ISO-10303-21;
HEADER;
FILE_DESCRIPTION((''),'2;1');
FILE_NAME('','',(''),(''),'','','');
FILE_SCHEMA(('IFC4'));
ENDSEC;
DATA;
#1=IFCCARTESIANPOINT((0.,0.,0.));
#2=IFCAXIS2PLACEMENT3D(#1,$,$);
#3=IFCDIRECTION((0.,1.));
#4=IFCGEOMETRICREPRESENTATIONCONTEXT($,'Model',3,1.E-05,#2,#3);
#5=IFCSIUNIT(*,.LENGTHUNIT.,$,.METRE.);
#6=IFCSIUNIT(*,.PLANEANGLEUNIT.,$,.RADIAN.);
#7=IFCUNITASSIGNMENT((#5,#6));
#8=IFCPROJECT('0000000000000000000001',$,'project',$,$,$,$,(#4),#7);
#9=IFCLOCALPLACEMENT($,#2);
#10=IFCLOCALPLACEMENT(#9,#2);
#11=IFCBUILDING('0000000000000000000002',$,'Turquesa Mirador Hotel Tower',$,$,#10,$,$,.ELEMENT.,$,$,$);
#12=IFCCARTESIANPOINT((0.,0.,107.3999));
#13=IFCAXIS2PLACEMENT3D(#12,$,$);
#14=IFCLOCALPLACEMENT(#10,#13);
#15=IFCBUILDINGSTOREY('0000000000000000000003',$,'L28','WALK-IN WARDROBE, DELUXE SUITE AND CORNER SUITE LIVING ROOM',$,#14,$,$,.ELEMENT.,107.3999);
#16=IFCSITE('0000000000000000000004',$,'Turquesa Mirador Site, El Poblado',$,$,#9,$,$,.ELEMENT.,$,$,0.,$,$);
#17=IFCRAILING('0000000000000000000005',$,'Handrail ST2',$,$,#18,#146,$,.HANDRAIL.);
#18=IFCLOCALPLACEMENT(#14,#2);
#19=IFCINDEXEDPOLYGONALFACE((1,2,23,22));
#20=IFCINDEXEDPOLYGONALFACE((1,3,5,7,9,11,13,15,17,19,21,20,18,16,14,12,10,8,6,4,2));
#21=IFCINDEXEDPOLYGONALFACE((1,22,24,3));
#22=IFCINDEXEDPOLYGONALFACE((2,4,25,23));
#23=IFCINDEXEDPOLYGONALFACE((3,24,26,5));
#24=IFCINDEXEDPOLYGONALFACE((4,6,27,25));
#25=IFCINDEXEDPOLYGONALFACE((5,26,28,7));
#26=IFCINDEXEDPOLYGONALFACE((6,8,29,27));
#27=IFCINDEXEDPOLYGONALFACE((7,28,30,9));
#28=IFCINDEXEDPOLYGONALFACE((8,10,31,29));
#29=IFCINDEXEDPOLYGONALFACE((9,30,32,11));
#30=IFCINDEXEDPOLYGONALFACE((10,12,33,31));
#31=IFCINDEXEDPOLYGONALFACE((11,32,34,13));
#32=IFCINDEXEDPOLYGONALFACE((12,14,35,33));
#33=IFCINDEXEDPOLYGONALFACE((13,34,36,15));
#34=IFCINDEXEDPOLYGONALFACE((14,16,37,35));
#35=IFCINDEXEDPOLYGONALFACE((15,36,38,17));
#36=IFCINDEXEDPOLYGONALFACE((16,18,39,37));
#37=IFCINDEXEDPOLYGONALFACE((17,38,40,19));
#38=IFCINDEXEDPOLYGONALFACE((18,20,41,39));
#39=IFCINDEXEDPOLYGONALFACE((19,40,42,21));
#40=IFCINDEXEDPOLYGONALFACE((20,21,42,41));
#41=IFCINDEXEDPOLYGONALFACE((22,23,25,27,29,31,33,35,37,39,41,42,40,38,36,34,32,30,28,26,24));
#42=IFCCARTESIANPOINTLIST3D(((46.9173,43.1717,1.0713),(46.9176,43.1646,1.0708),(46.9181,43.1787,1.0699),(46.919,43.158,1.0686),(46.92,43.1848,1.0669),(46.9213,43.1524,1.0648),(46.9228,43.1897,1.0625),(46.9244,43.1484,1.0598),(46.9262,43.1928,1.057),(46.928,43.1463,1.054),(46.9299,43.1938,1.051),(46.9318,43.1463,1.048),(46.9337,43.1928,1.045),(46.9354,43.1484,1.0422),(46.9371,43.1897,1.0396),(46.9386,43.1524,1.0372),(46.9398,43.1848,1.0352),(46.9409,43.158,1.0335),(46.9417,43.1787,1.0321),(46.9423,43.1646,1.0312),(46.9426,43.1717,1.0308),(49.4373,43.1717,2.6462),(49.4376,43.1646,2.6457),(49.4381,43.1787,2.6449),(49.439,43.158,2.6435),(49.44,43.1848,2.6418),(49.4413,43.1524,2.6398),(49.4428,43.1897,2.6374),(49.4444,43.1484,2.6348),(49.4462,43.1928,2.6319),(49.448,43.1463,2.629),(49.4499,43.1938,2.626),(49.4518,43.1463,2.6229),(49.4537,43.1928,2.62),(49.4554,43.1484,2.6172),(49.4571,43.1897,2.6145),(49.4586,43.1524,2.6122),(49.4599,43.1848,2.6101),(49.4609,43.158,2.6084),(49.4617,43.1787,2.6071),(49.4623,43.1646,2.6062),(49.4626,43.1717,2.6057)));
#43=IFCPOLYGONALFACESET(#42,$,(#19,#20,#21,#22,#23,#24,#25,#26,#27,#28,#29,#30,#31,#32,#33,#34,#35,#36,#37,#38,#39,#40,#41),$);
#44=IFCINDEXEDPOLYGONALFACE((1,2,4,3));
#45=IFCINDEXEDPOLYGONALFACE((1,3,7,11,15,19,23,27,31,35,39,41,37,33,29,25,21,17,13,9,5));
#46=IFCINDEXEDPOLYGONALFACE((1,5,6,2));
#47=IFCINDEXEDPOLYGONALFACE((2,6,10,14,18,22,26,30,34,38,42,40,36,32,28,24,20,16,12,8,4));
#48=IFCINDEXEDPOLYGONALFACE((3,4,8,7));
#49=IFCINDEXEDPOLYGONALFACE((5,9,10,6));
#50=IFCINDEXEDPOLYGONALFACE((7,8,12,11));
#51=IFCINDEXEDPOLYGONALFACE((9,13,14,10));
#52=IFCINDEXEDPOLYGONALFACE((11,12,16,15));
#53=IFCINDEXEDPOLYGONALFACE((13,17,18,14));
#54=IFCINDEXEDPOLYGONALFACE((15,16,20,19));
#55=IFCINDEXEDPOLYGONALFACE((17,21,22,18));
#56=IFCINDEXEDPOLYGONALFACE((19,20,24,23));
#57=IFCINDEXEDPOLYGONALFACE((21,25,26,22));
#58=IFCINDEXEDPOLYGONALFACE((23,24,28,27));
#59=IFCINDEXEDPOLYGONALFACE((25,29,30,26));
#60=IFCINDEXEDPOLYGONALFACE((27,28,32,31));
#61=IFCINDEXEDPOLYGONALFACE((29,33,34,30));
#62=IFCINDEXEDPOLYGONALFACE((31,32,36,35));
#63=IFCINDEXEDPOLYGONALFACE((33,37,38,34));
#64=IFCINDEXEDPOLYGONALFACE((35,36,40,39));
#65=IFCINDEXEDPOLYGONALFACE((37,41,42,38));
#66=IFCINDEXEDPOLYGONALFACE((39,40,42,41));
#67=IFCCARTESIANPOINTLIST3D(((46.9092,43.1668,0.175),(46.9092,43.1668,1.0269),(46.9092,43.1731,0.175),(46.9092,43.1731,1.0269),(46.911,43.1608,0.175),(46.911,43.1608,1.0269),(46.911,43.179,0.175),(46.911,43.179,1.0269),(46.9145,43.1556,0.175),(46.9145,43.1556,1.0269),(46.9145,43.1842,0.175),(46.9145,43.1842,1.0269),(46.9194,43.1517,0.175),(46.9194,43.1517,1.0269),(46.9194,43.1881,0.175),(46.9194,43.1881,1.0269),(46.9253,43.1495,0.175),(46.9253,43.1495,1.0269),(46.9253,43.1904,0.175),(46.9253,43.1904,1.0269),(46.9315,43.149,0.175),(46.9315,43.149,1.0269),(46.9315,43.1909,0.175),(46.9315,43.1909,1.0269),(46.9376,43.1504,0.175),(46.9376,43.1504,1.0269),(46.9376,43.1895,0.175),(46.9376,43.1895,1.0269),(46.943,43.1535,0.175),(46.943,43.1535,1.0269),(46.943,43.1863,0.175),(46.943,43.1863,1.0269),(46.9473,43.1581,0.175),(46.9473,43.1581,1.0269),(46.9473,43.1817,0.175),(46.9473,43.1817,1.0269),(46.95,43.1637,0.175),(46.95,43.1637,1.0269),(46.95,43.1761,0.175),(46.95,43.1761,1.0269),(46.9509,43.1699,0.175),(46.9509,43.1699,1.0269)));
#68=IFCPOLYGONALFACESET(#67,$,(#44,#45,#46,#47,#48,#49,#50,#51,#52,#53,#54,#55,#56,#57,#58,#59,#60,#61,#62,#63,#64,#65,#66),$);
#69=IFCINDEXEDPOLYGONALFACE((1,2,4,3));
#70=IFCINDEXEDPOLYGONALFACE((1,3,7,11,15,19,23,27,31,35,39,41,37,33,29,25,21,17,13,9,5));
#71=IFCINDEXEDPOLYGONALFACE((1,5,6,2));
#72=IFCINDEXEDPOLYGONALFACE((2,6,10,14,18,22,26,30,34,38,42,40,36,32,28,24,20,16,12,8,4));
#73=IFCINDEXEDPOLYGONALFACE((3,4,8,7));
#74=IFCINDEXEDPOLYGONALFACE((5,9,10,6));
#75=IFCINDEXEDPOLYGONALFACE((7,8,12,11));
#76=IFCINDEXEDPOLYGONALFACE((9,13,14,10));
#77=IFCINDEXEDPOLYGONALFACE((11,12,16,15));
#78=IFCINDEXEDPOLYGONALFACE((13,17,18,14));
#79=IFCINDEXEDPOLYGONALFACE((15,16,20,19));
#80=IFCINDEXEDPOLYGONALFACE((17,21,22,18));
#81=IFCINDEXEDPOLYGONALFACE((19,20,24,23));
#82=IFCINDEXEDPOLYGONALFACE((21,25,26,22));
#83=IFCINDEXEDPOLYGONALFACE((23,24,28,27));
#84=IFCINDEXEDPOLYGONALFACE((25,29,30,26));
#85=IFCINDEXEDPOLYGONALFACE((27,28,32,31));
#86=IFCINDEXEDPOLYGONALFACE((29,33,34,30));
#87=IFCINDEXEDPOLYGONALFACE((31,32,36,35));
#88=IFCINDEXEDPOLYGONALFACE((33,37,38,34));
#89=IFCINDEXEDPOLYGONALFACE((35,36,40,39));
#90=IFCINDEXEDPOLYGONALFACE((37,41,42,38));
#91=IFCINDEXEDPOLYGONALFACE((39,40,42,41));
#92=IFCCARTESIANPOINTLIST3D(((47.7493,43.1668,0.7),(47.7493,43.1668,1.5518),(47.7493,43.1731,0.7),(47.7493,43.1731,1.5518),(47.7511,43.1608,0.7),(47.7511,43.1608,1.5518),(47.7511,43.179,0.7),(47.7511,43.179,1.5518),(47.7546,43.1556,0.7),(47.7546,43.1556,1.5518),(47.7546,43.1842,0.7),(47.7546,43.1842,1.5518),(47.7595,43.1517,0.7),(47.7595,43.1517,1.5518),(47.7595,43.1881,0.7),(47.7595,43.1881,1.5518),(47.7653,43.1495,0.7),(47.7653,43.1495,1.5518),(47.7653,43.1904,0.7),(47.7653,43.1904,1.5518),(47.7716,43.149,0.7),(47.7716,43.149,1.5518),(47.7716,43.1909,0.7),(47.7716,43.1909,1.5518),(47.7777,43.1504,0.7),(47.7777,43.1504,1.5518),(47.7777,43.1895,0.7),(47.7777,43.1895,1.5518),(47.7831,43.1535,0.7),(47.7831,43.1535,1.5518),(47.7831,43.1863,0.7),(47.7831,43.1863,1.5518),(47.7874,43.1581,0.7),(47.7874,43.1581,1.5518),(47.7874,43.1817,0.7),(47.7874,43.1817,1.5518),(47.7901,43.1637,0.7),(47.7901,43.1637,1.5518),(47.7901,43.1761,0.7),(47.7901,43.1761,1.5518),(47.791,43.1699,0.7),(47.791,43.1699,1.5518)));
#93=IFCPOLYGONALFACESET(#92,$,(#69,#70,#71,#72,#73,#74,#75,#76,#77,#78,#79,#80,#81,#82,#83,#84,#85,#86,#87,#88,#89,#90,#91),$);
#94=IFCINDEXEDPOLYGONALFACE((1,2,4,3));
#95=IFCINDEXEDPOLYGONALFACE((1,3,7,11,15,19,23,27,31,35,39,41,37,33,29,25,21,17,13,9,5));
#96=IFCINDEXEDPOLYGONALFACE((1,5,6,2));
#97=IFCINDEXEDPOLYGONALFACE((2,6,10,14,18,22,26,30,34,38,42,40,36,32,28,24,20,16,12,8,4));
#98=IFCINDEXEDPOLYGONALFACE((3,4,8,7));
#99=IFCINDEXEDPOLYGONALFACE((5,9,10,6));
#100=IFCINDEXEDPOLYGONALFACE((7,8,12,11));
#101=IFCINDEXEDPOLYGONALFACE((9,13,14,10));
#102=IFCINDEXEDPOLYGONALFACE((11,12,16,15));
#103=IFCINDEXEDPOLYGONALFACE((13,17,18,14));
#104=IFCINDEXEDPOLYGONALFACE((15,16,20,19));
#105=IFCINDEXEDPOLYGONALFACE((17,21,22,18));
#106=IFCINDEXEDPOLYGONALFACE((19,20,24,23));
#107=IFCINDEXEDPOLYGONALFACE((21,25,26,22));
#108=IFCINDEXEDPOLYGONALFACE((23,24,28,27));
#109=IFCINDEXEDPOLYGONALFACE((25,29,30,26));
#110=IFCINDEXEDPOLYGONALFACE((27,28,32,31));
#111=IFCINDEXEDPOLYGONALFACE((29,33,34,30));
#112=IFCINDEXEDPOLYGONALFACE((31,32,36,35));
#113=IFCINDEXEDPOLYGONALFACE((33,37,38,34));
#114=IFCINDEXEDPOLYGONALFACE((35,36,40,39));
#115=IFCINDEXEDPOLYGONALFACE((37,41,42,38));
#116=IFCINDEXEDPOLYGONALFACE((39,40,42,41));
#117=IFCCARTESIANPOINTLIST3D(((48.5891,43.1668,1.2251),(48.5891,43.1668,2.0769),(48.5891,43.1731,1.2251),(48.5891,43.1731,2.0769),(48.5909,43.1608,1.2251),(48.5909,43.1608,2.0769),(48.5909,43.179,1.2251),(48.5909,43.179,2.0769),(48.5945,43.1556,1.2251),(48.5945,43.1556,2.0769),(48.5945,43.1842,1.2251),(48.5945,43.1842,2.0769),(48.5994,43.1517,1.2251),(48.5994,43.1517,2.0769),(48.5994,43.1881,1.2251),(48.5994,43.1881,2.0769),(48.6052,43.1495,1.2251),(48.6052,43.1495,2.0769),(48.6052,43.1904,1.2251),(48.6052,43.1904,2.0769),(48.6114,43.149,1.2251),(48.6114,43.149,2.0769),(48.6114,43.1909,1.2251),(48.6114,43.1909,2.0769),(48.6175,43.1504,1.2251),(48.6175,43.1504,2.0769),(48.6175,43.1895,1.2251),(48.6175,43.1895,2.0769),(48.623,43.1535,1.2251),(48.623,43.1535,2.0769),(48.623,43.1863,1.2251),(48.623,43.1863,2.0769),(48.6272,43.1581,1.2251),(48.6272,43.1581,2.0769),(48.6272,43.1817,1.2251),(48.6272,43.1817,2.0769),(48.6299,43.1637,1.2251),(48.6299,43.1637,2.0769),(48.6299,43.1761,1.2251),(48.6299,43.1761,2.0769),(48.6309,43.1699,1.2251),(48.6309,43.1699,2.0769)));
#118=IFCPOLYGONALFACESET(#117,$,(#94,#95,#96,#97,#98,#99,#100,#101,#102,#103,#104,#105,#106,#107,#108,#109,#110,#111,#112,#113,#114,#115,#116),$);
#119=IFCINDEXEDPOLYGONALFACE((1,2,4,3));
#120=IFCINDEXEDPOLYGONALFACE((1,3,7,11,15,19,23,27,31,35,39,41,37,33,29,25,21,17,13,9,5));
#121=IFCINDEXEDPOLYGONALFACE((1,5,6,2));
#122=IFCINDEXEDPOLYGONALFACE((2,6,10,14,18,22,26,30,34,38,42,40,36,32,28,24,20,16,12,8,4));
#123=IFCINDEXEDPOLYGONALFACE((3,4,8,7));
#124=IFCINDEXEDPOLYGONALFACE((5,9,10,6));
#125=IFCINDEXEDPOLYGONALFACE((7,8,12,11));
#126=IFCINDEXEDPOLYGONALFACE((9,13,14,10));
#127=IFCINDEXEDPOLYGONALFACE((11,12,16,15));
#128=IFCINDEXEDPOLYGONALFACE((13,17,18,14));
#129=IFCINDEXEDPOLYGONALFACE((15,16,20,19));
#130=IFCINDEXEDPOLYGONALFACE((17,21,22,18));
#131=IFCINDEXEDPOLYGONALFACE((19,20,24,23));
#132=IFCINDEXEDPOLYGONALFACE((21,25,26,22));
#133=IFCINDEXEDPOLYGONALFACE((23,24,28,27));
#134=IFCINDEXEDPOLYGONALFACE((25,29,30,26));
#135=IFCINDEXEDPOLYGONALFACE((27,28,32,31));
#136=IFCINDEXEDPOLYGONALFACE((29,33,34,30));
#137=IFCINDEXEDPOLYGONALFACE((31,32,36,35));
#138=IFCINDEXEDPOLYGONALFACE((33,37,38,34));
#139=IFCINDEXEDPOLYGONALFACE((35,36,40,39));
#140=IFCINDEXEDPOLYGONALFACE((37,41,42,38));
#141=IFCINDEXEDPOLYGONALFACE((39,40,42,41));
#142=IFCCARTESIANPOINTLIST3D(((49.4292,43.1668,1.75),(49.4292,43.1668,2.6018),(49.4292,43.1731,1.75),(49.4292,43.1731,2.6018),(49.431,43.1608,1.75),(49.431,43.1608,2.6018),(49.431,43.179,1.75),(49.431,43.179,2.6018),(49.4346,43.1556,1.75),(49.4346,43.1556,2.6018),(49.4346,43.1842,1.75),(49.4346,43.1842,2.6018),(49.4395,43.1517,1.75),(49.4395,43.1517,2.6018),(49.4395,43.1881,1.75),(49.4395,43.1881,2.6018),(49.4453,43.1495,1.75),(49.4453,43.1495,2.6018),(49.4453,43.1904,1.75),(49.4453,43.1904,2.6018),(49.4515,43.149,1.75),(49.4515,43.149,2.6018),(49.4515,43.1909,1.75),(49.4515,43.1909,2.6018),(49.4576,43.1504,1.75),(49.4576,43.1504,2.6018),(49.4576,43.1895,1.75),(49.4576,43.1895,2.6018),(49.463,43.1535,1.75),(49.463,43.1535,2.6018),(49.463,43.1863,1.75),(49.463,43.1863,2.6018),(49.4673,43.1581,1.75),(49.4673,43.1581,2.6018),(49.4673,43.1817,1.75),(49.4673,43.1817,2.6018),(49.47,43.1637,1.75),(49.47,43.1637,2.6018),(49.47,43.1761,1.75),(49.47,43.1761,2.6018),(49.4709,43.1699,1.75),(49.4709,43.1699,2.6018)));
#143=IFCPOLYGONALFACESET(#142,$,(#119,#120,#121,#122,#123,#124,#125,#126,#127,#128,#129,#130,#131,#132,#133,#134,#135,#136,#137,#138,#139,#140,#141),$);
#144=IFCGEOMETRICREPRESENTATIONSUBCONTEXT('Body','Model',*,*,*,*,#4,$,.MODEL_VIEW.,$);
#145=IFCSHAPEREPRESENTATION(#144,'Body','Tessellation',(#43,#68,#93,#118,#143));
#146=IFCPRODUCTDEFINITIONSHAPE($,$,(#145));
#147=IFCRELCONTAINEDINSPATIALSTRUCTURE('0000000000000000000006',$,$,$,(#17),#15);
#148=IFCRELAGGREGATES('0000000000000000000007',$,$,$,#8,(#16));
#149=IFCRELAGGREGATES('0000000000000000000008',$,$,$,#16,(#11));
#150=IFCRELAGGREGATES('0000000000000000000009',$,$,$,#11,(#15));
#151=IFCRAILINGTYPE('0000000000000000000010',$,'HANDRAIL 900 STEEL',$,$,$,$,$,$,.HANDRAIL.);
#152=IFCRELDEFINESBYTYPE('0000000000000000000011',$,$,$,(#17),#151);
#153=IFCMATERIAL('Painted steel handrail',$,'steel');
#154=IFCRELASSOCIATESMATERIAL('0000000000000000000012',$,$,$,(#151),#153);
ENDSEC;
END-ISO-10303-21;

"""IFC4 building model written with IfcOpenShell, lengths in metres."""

from ifc_helpers import new_model, si_unit, direction, frame, origin, origin_2d, place, context, subcontext, project, spatial, circle, extrude, material, type_object, element, save


model = new_model("IFC4")

# Units and contexts
model_context = context("Model", 3, precision=1e-05, world=origin(), true_north=direction((0.0, 1.0)))
body_context = subcontext(model_context, "Body", "Model", "MODEL_VIEW")
ifc_project = project(units=[si_unit("LENGTHUNIT", "METRE"), si_unit("PLANEANGLEUNIT", "RADIAN")], contexts=[model_context])

# Site, building, storey
site_placement = place(None, origin())
site = spatial("IfcSite", under=ifc_project, at=site_placement, Name="Turquesa Mirador Site, El Poblado", CompositionType="ELEMENT", RefElevation=0.0)
building_placement = place(site_placement, origin())
building = spatial("IfcBuilding", under=site, at=building_placement, Name="Turquesa Mirador Hotel Tower", CompositionType="ELEMENT")
storey_placement = place(building_placement, frame((0.0, 0.0, 107.3999)))
storey = spatial("IfcBuildingStorey", under=building, at=storey_placement, Name="L28", Description="WALK-IN WARDROBE, DELUXE SUITE AND CORNER SUITE LIVING ROOM", CompositionType="ELEMENT", Elevation=107.3999)

# Railing
ifc_material_1 = material(Name="Painted steel handrail", Category="steel")
railing_type = type_object("IfcRailingType", Name="HANDRAIL 900 STEEL", PredefinedType="HANDRAIL", material=ifc_material_1)
for number, where, name in (
    (1, (46.9299, 43.1699, 0.175), "Handrail ST2"),
):
    element("IfcRailing", number, at=place(storey_placement, frame(where)), inside=storey, type_object=railing_type, Name=name, PredefinedType="HANDRAIL", context=body_context, shape_type="SweptSolid", body=[
        extrude(circle(Radius=0.0239, at=origin_2d()), frame((0.0, 0.0, 0.876), z_axis=(0.848008, 0.0, 0.529984), x_axis=(0.0, 1.0, 0.0)), (0.0, 0.0, 1.0), 2.9717),
        extrude(circle(Radius=0.021, at=origin_2d()), origin(), (0.0, 0.0, 1.0), 0.8518),
        extrude(circle(Radius=0.021, at=origin_2d()), frame((0.8401, 0.0, 0.5249)), (0.0, 0.0, 1.0), 0.8518),
        extrude(circle(Radius=0.021, at=origin_2d()), frame((1.6799, 0.0, 1.05)), (0.0, 0.0, 1.0), 0.8518),
        extrude(circle(Radius=0.021, at=origin_2d()), frame((2.52, 0.0, 1.575)), (0.0, 0.0, 1.0), 0.8518),
    ])

save(model, "model.ifc")
